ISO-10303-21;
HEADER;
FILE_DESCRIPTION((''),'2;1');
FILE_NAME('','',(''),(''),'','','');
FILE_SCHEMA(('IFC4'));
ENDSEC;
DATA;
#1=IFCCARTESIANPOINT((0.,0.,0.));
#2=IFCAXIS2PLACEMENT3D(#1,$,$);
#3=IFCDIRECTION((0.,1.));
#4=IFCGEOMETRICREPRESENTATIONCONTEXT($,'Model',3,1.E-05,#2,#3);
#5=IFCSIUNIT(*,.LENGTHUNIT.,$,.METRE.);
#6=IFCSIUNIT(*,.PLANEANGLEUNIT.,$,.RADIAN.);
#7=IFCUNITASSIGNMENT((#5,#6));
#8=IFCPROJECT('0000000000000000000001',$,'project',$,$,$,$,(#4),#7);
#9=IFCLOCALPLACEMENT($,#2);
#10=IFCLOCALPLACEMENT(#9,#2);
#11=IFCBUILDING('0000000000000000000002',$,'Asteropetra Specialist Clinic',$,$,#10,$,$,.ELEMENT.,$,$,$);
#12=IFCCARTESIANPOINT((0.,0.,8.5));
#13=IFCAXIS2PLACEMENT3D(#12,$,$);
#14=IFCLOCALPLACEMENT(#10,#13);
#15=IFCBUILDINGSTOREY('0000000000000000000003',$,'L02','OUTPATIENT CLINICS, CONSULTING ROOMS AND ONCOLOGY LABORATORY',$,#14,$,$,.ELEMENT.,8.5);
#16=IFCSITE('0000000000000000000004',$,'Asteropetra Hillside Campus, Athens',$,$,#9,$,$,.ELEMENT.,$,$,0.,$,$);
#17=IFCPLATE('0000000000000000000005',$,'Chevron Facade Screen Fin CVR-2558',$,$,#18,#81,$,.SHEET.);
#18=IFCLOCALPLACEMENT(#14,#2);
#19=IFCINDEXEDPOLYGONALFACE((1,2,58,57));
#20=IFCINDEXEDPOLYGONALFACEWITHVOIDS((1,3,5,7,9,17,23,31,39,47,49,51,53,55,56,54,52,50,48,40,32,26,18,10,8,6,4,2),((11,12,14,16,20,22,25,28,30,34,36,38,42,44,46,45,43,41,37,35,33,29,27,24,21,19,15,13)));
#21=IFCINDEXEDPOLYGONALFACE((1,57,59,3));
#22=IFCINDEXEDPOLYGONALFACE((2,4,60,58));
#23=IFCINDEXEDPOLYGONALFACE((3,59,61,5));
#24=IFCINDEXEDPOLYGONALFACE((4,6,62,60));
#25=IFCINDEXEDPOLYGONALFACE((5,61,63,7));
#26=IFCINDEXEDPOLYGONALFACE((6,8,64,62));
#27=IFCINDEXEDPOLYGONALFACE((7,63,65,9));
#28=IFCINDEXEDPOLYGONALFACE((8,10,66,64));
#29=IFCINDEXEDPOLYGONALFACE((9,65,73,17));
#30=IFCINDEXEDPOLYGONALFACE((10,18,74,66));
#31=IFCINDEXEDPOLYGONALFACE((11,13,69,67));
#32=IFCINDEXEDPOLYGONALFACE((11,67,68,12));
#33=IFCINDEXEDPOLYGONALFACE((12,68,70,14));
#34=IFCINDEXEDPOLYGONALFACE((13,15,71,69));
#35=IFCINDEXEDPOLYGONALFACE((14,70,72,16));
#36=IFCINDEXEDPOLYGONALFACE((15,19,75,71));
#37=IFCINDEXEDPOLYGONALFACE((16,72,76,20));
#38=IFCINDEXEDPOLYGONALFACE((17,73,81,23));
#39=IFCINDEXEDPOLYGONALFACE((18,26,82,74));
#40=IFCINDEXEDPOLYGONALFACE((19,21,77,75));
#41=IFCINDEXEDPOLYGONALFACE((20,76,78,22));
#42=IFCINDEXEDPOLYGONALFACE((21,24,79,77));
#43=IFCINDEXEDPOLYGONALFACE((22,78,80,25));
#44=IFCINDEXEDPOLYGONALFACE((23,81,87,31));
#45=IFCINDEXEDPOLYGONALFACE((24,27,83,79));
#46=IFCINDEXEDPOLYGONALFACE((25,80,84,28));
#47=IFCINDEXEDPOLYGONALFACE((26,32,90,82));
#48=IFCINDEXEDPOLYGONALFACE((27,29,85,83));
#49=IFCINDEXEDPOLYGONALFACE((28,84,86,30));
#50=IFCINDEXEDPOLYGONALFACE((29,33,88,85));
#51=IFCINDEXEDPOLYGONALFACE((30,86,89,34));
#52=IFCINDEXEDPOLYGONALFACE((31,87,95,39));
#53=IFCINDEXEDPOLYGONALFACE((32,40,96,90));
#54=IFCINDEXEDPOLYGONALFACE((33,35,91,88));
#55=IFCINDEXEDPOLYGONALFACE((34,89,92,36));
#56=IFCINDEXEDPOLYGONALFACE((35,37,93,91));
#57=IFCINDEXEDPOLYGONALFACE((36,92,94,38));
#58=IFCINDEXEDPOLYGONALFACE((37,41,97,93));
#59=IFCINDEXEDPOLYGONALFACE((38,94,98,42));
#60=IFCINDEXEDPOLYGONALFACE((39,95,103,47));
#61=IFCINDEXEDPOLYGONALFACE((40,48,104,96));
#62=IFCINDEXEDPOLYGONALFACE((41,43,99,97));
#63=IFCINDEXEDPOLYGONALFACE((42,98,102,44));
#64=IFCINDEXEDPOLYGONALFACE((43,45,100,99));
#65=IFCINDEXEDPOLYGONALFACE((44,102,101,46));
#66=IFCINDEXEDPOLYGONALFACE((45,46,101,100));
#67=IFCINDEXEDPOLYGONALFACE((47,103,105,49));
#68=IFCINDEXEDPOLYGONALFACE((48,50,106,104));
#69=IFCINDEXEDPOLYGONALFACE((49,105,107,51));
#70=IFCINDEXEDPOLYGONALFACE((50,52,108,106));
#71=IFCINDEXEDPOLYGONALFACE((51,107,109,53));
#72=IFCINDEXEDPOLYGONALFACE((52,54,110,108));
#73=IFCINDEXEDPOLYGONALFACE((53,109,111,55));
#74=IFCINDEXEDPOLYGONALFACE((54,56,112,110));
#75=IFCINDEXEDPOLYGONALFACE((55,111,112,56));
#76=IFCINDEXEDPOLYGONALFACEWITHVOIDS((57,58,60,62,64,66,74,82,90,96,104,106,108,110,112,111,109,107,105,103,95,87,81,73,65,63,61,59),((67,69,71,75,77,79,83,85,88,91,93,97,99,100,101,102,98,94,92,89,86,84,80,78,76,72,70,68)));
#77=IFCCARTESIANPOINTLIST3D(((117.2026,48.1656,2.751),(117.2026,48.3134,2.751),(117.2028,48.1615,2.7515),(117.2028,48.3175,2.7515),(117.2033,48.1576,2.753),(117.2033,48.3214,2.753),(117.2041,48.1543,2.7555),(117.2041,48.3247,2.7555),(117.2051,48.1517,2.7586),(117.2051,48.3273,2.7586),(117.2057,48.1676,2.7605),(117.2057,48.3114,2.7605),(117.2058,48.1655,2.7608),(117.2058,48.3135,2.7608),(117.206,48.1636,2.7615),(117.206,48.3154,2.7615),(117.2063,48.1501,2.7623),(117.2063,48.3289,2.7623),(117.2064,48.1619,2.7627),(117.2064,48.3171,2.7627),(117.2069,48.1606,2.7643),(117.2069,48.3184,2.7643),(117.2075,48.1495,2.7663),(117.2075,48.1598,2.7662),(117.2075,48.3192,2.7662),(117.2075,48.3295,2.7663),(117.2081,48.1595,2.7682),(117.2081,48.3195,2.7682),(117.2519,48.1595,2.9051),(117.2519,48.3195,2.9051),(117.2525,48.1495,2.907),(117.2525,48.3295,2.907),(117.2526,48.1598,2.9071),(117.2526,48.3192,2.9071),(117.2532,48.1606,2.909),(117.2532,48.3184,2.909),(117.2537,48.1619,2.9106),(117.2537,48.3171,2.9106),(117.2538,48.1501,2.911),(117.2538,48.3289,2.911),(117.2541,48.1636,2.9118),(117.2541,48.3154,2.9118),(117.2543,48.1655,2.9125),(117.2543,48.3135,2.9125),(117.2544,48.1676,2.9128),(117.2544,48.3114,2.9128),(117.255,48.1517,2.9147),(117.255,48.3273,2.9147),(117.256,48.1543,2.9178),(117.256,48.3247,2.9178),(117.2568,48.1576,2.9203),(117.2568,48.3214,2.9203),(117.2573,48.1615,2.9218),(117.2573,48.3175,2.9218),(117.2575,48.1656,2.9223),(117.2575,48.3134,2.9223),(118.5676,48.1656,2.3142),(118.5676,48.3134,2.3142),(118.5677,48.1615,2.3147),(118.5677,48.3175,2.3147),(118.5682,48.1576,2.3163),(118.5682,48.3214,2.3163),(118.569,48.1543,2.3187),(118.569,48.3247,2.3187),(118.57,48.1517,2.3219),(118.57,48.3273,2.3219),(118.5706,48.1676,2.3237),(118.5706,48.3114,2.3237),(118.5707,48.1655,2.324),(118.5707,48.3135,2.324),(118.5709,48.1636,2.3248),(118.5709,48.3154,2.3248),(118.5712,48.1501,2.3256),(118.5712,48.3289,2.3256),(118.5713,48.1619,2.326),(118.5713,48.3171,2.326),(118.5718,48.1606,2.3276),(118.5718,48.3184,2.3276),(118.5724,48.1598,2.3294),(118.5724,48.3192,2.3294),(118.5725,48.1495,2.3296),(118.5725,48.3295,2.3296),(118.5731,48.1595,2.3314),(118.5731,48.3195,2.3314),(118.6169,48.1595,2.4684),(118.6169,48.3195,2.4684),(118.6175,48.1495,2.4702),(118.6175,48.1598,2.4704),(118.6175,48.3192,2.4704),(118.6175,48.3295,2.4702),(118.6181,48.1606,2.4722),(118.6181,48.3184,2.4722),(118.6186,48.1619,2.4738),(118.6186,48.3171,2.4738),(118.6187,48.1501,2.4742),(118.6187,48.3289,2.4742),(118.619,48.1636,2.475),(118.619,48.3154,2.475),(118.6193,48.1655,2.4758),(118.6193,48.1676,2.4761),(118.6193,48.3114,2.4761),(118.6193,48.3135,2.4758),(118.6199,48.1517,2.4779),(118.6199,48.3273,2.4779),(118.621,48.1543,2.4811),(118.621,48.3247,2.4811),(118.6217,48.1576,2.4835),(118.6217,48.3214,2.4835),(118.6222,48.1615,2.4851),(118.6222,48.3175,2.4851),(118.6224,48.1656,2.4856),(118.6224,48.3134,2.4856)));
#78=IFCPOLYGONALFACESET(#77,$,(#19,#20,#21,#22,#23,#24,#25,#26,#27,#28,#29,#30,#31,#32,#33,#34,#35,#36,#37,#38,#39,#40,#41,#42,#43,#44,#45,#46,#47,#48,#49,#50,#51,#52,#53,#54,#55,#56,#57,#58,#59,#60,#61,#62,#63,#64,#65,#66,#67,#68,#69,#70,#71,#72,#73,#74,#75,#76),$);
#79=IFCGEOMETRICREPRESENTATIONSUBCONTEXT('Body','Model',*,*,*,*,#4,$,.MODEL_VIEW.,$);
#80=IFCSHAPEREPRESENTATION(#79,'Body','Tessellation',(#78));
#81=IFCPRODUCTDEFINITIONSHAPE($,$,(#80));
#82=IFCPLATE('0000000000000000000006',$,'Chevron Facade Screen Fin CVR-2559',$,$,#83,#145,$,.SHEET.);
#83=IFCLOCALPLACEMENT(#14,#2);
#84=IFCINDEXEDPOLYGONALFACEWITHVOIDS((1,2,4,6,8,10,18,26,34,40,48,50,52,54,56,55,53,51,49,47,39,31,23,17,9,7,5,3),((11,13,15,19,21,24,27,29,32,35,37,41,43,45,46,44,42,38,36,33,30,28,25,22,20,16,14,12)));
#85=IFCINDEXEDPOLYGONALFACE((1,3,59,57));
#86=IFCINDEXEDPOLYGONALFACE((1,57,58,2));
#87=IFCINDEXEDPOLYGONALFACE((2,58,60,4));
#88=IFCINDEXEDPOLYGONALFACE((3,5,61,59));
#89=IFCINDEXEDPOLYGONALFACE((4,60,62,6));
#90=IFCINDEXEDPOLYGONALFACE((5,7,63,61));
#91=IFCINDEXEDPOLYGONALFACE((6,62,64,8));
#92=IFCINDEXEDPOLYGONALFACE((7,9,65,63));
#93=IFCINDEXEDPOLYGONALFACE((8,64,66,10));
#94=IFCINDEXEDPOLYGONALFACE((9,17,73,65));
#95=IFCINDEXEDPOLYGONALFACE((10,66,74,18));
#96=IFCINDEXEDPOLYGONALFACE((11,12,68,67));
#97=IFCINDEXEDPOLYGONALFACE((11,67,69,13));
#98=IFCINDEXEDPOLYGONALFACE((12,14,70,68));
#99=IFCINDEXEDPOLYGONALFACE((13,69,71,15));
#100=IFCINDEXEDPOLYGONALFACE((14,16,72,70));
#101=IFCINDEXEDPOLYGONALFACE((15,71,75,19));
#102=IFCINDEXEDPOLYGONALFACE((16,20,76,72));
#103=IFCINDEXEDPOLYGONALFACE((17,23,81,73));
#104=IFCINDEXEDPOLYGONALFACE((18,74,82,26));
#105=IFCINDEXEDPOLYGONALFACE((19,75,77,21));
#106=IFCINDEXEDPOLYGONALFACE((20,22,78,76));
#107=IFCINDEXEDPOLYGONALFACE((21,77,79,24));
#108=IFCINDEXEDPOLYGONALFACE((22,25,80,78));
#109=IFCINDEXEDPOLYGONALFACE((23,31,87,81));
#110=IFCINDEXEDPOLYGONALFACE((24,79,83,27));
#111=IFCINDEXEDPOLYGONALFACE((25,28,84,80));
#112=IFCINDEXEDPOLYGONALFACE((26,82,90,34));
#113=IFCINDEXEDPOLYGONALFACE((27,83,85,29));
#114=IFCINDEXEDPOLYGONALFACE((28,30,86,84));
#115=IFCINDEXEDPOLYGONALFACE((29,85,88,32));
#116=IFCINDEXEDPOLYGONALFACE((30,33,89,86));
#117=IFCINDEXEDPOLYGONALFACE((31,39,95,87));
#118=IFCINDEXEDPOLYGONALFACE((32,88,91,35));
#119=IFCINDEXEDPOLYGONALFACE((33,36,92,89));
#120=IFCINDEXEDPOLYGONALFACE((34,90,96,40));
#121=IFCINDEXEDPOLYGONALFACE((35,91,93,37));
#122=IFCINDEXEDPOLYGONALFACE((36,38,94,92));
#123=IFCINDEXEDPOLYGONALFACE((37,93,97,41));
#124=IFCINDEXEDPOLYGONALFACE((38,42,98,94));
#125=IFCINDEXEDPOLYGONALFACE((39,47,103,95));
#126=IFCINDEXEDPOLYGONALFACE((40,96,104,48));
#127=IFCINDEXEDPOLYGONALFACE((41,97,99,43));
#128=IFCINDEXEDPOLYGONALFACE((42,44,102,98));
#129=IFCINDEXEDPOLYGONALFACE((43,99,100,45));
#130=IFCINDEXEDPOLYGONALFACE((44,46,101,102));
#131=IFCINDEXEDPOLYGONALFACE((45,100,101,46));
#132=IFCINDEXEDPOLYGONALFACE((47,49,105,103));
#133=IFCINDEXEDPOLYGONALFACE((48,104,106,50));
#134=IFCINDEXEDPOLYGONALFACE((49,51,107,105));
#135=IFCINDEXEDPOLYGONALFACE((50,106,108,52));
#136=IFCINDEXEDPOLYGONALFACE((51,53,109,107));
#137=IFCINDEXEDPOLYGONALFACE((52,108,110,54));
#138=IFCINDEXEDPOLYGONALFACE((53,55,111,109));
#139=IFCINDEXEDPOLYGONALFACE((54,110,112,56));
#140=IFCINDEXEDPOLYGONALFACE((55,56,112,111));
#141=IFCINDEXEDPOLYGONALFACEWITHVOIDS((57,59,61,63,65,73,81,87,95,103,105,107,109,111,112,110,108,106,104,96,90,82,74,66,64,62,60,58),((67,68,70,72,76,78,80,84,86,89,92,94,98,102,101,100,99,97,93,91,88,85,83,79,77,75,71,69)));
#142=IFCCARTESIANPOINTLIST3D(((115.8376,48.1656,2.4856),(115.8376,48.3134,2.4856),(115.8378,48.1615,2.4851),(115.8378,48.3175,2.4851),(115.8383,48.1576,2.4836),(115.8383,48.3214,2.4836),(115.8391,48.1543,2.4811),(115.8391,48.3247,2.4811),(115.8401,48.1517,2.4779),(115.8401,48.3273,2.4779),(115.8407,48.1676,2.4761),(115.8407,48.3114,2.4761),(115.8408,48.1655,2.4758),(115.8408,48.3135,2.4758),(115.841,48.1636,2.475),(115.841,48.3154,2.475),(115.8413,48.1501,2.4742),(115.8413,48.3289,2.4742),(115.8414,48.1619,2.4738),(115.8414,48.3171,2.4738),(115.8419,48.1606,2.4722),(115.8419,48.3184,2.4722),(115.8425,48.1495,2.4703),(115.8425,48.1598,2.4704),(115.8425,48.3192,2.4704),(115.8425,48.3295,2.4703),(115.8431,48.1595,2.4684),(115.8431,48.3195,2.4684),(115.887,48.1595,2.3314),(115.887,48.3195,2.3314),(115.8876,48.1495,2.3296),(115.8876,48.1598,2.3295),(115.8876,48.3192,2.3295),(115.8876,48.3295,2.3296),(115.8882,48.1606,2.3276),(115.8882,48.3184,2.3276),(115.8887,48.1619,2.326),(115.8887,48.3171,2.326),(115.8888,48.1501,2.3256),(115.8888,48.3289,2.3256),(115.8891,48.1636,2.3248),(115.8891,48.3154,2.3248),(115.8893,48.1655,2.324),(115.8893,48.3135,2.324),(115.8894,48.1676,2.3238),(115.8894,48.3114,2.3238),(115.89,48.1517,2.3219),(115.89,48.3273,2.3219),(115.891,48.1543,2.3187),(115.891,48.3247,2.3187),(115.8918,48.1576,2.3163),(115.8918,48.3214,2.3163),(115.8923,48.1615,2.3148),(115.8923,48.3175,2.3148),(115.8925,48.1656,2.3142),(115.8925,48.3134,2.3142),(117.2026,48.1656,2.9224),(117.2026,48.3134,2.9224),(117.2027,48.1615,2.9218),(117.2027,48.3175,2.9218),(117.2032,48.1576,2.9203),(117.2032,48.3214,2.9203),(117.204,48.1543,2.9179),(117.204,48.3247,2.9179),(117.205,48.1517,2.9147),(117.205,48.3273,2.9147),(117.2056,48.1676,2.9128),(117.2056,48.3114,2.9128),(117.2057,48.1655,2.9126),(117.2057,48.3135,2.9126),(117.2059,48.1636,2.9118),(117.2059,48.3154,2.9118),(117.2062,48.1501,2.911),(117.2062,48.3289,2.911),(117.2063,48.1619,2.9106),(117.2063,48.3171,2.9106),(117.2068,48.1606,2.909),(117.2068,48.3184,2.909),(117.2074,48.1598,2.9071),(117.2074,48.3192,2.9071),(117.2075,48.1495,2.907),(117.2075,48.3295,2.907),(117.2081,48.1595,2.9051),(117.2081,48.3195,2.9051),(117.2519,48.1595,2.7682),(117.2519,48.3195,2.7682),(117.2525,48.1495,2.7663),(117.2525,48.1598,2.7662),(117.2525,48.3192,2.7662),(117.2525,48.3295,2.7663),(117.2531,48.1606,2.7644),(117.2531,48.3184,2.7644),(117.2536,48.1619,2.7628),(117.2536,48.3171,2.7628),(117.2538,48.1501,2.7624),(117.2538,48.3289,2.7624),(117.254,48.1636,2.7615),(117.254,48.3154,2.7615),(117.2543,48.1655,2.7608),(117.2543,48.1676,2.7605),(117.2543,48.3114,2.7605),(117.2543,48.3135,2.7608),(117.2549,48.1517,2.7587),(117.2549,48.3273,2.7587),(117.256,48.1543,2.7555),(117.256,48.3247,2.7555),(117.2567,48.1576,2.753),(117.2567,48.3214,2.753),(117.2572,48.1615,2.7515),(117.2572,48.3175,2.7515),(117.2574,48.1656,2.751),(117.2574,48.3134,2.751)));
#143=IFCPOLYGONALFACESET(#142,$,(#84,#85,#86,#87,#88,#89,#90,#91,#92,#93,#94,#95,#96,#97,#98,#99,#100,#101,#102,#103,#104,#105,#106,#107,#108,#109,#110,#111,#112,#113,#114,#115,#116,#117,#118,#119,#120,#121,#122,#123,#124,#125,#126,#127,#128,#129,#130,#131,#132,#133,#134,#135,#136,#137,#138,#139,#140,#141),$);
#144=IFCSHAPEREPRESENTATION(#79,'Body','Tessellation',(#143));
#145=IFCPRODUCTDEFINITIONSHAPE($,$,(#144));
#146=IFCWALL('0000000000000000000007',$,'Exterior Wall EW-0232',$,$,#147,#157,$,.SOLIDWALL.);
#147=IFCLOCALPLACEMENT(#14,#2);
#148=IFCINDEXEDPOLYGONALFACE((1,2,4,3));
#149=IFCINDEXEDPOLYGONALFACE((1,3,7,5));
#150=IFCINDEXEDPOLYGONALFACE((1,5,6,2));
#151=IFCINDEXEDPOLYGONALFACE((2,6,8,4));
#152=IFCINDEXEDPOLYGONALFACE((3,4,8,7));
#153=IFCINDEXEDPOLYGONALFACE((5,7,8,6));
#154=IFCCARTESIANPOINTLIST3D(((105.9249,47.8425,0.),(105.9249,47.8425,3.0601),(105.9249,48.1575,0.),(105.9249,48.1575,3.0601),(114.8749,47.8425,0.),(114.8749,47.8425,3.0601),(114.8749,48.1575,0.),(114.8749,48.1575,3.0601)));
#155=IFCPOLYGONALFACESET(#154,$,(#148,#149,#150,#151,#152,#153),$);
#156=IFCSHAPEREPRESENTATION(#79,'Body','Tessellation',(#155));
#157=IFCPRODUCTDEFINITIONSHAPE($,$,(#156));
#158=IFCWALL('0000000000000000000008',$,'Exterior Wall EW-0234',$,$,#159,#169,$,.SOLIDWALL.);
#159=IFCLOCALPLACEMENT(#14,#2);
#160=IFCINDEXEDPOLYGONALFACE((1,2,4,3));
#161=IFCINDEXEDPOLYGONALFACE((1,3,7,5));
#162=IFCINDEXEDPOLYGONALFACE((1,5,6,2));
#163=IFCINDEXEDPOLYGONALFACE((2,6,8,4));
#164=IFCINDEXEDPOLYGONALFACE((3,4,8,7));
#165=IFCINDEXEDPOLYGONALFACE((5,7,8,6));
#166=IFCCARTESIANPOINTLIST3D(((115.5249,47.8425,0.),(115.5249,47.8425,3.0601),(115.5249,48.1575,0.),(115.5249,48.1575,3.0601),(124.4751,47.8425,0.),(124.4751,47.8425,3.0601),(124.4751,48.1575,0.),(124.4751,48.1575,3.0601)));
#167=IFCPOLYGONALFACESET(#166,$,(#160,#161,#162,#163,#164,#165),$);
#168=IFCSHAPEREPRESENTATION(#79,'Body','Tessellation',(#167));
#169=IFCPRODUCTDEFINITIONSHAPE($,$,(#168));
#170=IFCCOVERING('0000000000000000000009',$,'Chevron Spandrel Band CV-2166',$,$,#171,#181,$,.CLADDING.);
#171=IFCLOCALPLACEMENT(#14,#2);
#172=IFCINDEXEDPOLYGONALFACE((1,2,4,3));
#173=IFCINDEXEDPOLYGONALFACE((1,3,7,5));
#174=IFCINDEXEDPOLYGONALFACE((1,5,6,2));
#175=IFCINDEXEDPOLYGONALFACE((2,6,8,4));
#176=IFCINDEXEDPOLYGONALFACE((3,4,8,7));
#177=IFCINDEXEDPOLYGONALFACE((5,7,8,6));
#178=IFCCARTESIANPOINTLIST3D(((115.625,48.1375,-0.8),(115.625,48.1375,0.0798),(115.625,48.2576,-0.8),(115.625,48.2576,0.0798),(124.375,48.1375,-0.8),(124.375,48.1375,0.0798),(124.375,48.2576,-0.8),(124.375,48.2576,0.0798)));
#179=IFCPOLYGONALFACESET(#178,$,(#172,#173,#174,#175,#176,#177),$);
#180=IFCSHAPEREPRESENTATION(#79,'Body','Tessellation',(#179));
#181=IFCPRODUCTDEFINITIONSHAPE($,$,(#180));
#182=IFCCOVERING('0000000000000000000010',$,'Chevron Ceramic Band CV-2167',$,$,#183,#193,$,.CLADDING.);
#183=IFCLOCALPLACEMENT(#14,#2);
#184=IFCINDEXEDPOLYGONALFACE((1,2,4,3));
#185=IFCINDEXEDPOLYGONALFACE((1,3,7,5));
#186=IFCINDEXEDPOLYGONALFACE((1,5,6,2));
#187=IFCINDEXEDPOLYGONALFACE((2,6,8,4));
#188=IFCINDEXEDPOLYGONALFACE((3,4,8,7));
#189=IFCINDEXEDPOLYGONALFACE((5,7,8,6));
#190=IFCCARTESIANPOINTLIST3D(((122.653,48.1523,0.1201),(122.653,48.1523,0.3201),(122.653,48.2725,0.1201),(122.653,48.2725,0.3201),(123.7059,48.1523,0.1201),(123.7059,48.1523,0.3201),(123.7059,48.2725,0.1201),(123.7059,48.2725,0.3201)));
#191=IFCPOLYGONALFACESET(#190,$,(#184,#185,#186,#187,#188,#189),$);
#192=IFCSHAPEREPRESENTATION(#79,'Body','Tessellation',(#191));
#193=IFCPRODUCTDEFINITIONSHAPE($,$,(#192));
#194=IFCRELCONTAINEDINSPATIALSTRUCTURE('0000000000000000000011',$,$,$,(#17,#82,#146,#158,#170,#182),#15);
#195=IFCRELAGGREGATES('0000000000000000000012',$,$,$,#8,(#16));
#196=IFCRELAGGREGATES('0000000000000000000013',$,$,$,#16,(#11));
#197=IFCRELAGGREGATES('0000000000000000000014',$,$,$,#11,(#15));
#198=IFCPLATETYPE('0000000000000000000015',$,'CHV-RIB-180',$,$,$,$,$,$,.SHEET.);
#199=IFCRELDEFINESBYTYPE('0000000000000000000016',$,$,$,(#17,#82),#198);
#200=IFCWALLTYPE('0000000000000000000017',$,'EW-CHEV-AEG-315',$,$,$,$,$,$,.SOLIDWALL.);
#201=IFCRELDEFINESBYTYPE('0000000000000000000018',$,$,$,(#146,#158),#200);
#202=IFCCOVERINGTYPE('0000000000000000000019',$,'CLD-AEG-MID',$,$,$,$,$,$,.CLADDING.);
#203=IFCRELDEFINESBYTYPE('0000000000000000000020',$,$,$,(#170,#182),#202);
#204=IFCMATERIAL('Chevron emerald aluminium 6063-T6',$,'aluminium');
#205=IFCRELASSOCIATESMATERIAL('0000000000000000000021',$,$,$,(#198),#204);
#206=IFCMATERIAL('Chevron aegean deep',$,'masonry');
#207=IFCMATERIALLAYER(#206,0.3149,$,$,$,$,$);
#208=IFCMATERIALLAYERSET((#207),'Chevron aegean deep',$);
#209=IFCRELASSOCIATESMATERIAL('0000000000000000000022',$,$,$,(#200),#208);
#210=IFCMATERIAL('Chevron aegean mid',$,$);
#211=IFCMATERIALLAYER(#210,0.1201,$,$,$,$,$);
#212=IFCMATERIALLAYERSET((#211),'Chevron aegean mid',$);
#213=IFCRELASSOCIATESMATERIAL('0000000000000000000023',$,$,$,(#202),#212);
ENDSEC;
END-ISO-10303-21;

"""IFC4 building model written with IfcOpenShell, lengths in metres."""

from ifc_helpers import new_model, si_unit, direction, frame, frame_2d, origin, origin_2d, place, context, subcontext, project, spatial, rectangle, hollow_rectangle, extrude, material, layer, layer_set, material_profile, profile_set, type_object, element, save


model = new_model("IFC4")

# Units and contexts
model_context = context("Model", 3, precision=1e-05, world=origin(), true_north=direction((0.0, 1.0)))
body_context = subcontext(model_context, "Body", "Model", "MODEL_VIEW")
ifc_project = project(units=[si_unit("LENGTHUNIT", "METRE"), si_unit("PLANEANGLEUNIT", "RADIAN")], contexts=[model_context])

# Site, building, storey
site_placement = place(None, origin())
site = spatial("IfcSite", under=ifc_project, at=site_placement, Name="Asteropetra Hillside Campus, Athens", CompositionType="ELEMENT", RefElevation=0.0)
building_placement = place(site_placement, origin())
building = spatial("IfcBuilding", under=site, at=building_placement, Name="Asteropetra Specialist Clinic", CompositionType="ELEMENT")
storey_placement = place(building_placement, frame((0.0, 0.0, 8.5)))
storey = spatial("IfcBuildingStorey", under=building, at=storey_placement, Name="L02", Description="OUTPATIENT CLINICS, CONSULTING ROOMS AND ONCOLOGY LABORATORY", CompositionType="ELEMENT", Elevation=8.5)

# Plates
ifc_material_1 = material(Name="Chevron emerald aluminium 6063-T6", Category="aluminium")
ifc_material_profile_1 = material_profile(ifc_material_1, hollow_rectangle(XDim=0.1799, YDim=0.1799, WallThickness=0.01, InnerFilletRadius=0.0081, OuterFilletRadius=0.0161, at=origin_2d()), Name="SHS 180x180x10.0")
ifc_profile_set_1 = profile_set([ifc_material_profile_1], Name="Chevron emerald aluminium 6063-T6")
plate_type = type_object("IfcPlateType", Name="CHV-RIB-180", PredefinedType="SHEET", material=ifc_profile_set_1)
for number, where, z_axis, x_axis, name in (
    (1, (118.595, 48.2395, 2.3999), (-0.95243, 0.0, 0.304757), (0.0, -1.0, 0.0), "Chevron Facade Screen Fin CVR-2558"),
    (2, (117.23, 48.2395, 2.8367), (-0.95243, 0.0, -0.304757), (0.0, -1.0, 0.0), "Chevron Facade Screen Fin CVR-2559"),
):
    element("IfcPlate", number, at=place(storey_placement, frame(where, z_axis=z_axis, x_axis=x_axis)), inside=storey, type_object=plate_type, Name=name, PredefinedType="SHEET", context=body_context, shape_type="SweptSolid", body=[
        extrude(hollow_rectangle(XDim=0.1799, YDim=0.1799, WallThickness=0.01, InnerFilletRadius=0.0081, OuterFilletRadius=0.0161, at=origin_2d()), origin(), (0.0, 0.0, 1.0), 1.4331),
    ])

# Walls
ifc_material_2 = material(Name="Chevron aegean deep", Category="masonry")
ifc_layer_1 = layer(ifc_material_2, 0.3149)
ifc_layer_set_1 = layer_set([ifc_layer_1], Name="Chevron aegean deep")
wall_type = type_object("IfcWallType", Name="EW-CHEV-AEG-315", PredefinedType="SOLIDWALL", material=ifc_layer_set_1)
wall_1_placement = place(storey_placement, frame((114.875, 48.0, 0.0), z_axis=(0.0, 0.0, 1.0), x_axis=(-1.0, 0.0, 0.0)))
element("IfcWall", 3, at=wall_1_placement, inside=storey, type_object=wall_type, Name="Exterior Wall EW-0232", PredefinedType="SOLIDWALL", context=body_context, shape_type="SweptSolid", body=[
    extrude(rectangle(XDim=8.95, YDim=0.3149, at=frame_2d((4.4751, 0.0))), origin(), (0.0, 0.0, 1.0), 3.0601),
])
wall_2_placement = place(storey_placement, frame((124.4751, 48.0, 0.0), z_axis=(0.0, 0.0, 1.0), x_axis=(-1.0, 0.0, 0.0)))
element("IfcWall", 4, at=wall_2_placement, inside=storey, type_object=wall_type, Name="Exterior Wall EW-0234", PredefinedType="SOLIDWALL", context=body_context, shape_type="SweptSolid", body=[
    extrude(rectangle(XDim=8.9502, YDim=0.3149, at=frame_2d((4.4751, 0.0))), origin(), (0.0, 0.0, 1.0), 3.0601),
])

# Coverings
ifc_material_3 = material(Name="Chevron aegean mid")
ifc_layer_2 = layer(ifc_material_3, 0.1201)
ifc_layer_set_2 = layer_set([ifc_layer_2], Name="Chevron aegean mid")
covering_type = type_object("IfcCoveringType", Name="CLD-AEG-MID", PredefinedType="CLADDING", material=ifc_layer_set_2)
covering_placement = place(storey_placement, frame((120.0, 48.1975, -0.8), z_axis=(0.0, 0.0, 1.0), x_axis=(1.0, 0.0, 0.0)))
element("IfcCovering", 5, at=covering_placement, inside=storey, type_object=covering_type, Name="Chevron Spandrel Band CV-2166", PredefinedType="CLADDING", context=body_context, shape_type="SweptSolid", body=[
    extrude(rectangle(XDim=8.75, YDim=0.1201, at=origin_2d()), origin(), (0.0, 0.0, 1.0), 0.8799),
])
for number, where, z_axis, x_axis, name in (
    (6, (123.1794, 48.2124, 0.1201), (0.0, 0.0, 1.0), (1.0, 0.0, 0.0), "Chevron Ceramic Band CV-2167"),
):
    element("IfcCovering", number, at=place(storey_placement, frame(where, z_axis=z_axis, x_axis=x_axis)), inside=storey, type_object=covering_type, Name=name, PredefinedType="CLADDING", context=body_context, shape_type="SweptSolid", body=[
        extrude(rectangle(XDim=1.053, YDim=0.1201, at=origin_2d()), origin(), (0.0, 0.0, 1.0), 0.2),
    ])

save(model, "model.ifc")
